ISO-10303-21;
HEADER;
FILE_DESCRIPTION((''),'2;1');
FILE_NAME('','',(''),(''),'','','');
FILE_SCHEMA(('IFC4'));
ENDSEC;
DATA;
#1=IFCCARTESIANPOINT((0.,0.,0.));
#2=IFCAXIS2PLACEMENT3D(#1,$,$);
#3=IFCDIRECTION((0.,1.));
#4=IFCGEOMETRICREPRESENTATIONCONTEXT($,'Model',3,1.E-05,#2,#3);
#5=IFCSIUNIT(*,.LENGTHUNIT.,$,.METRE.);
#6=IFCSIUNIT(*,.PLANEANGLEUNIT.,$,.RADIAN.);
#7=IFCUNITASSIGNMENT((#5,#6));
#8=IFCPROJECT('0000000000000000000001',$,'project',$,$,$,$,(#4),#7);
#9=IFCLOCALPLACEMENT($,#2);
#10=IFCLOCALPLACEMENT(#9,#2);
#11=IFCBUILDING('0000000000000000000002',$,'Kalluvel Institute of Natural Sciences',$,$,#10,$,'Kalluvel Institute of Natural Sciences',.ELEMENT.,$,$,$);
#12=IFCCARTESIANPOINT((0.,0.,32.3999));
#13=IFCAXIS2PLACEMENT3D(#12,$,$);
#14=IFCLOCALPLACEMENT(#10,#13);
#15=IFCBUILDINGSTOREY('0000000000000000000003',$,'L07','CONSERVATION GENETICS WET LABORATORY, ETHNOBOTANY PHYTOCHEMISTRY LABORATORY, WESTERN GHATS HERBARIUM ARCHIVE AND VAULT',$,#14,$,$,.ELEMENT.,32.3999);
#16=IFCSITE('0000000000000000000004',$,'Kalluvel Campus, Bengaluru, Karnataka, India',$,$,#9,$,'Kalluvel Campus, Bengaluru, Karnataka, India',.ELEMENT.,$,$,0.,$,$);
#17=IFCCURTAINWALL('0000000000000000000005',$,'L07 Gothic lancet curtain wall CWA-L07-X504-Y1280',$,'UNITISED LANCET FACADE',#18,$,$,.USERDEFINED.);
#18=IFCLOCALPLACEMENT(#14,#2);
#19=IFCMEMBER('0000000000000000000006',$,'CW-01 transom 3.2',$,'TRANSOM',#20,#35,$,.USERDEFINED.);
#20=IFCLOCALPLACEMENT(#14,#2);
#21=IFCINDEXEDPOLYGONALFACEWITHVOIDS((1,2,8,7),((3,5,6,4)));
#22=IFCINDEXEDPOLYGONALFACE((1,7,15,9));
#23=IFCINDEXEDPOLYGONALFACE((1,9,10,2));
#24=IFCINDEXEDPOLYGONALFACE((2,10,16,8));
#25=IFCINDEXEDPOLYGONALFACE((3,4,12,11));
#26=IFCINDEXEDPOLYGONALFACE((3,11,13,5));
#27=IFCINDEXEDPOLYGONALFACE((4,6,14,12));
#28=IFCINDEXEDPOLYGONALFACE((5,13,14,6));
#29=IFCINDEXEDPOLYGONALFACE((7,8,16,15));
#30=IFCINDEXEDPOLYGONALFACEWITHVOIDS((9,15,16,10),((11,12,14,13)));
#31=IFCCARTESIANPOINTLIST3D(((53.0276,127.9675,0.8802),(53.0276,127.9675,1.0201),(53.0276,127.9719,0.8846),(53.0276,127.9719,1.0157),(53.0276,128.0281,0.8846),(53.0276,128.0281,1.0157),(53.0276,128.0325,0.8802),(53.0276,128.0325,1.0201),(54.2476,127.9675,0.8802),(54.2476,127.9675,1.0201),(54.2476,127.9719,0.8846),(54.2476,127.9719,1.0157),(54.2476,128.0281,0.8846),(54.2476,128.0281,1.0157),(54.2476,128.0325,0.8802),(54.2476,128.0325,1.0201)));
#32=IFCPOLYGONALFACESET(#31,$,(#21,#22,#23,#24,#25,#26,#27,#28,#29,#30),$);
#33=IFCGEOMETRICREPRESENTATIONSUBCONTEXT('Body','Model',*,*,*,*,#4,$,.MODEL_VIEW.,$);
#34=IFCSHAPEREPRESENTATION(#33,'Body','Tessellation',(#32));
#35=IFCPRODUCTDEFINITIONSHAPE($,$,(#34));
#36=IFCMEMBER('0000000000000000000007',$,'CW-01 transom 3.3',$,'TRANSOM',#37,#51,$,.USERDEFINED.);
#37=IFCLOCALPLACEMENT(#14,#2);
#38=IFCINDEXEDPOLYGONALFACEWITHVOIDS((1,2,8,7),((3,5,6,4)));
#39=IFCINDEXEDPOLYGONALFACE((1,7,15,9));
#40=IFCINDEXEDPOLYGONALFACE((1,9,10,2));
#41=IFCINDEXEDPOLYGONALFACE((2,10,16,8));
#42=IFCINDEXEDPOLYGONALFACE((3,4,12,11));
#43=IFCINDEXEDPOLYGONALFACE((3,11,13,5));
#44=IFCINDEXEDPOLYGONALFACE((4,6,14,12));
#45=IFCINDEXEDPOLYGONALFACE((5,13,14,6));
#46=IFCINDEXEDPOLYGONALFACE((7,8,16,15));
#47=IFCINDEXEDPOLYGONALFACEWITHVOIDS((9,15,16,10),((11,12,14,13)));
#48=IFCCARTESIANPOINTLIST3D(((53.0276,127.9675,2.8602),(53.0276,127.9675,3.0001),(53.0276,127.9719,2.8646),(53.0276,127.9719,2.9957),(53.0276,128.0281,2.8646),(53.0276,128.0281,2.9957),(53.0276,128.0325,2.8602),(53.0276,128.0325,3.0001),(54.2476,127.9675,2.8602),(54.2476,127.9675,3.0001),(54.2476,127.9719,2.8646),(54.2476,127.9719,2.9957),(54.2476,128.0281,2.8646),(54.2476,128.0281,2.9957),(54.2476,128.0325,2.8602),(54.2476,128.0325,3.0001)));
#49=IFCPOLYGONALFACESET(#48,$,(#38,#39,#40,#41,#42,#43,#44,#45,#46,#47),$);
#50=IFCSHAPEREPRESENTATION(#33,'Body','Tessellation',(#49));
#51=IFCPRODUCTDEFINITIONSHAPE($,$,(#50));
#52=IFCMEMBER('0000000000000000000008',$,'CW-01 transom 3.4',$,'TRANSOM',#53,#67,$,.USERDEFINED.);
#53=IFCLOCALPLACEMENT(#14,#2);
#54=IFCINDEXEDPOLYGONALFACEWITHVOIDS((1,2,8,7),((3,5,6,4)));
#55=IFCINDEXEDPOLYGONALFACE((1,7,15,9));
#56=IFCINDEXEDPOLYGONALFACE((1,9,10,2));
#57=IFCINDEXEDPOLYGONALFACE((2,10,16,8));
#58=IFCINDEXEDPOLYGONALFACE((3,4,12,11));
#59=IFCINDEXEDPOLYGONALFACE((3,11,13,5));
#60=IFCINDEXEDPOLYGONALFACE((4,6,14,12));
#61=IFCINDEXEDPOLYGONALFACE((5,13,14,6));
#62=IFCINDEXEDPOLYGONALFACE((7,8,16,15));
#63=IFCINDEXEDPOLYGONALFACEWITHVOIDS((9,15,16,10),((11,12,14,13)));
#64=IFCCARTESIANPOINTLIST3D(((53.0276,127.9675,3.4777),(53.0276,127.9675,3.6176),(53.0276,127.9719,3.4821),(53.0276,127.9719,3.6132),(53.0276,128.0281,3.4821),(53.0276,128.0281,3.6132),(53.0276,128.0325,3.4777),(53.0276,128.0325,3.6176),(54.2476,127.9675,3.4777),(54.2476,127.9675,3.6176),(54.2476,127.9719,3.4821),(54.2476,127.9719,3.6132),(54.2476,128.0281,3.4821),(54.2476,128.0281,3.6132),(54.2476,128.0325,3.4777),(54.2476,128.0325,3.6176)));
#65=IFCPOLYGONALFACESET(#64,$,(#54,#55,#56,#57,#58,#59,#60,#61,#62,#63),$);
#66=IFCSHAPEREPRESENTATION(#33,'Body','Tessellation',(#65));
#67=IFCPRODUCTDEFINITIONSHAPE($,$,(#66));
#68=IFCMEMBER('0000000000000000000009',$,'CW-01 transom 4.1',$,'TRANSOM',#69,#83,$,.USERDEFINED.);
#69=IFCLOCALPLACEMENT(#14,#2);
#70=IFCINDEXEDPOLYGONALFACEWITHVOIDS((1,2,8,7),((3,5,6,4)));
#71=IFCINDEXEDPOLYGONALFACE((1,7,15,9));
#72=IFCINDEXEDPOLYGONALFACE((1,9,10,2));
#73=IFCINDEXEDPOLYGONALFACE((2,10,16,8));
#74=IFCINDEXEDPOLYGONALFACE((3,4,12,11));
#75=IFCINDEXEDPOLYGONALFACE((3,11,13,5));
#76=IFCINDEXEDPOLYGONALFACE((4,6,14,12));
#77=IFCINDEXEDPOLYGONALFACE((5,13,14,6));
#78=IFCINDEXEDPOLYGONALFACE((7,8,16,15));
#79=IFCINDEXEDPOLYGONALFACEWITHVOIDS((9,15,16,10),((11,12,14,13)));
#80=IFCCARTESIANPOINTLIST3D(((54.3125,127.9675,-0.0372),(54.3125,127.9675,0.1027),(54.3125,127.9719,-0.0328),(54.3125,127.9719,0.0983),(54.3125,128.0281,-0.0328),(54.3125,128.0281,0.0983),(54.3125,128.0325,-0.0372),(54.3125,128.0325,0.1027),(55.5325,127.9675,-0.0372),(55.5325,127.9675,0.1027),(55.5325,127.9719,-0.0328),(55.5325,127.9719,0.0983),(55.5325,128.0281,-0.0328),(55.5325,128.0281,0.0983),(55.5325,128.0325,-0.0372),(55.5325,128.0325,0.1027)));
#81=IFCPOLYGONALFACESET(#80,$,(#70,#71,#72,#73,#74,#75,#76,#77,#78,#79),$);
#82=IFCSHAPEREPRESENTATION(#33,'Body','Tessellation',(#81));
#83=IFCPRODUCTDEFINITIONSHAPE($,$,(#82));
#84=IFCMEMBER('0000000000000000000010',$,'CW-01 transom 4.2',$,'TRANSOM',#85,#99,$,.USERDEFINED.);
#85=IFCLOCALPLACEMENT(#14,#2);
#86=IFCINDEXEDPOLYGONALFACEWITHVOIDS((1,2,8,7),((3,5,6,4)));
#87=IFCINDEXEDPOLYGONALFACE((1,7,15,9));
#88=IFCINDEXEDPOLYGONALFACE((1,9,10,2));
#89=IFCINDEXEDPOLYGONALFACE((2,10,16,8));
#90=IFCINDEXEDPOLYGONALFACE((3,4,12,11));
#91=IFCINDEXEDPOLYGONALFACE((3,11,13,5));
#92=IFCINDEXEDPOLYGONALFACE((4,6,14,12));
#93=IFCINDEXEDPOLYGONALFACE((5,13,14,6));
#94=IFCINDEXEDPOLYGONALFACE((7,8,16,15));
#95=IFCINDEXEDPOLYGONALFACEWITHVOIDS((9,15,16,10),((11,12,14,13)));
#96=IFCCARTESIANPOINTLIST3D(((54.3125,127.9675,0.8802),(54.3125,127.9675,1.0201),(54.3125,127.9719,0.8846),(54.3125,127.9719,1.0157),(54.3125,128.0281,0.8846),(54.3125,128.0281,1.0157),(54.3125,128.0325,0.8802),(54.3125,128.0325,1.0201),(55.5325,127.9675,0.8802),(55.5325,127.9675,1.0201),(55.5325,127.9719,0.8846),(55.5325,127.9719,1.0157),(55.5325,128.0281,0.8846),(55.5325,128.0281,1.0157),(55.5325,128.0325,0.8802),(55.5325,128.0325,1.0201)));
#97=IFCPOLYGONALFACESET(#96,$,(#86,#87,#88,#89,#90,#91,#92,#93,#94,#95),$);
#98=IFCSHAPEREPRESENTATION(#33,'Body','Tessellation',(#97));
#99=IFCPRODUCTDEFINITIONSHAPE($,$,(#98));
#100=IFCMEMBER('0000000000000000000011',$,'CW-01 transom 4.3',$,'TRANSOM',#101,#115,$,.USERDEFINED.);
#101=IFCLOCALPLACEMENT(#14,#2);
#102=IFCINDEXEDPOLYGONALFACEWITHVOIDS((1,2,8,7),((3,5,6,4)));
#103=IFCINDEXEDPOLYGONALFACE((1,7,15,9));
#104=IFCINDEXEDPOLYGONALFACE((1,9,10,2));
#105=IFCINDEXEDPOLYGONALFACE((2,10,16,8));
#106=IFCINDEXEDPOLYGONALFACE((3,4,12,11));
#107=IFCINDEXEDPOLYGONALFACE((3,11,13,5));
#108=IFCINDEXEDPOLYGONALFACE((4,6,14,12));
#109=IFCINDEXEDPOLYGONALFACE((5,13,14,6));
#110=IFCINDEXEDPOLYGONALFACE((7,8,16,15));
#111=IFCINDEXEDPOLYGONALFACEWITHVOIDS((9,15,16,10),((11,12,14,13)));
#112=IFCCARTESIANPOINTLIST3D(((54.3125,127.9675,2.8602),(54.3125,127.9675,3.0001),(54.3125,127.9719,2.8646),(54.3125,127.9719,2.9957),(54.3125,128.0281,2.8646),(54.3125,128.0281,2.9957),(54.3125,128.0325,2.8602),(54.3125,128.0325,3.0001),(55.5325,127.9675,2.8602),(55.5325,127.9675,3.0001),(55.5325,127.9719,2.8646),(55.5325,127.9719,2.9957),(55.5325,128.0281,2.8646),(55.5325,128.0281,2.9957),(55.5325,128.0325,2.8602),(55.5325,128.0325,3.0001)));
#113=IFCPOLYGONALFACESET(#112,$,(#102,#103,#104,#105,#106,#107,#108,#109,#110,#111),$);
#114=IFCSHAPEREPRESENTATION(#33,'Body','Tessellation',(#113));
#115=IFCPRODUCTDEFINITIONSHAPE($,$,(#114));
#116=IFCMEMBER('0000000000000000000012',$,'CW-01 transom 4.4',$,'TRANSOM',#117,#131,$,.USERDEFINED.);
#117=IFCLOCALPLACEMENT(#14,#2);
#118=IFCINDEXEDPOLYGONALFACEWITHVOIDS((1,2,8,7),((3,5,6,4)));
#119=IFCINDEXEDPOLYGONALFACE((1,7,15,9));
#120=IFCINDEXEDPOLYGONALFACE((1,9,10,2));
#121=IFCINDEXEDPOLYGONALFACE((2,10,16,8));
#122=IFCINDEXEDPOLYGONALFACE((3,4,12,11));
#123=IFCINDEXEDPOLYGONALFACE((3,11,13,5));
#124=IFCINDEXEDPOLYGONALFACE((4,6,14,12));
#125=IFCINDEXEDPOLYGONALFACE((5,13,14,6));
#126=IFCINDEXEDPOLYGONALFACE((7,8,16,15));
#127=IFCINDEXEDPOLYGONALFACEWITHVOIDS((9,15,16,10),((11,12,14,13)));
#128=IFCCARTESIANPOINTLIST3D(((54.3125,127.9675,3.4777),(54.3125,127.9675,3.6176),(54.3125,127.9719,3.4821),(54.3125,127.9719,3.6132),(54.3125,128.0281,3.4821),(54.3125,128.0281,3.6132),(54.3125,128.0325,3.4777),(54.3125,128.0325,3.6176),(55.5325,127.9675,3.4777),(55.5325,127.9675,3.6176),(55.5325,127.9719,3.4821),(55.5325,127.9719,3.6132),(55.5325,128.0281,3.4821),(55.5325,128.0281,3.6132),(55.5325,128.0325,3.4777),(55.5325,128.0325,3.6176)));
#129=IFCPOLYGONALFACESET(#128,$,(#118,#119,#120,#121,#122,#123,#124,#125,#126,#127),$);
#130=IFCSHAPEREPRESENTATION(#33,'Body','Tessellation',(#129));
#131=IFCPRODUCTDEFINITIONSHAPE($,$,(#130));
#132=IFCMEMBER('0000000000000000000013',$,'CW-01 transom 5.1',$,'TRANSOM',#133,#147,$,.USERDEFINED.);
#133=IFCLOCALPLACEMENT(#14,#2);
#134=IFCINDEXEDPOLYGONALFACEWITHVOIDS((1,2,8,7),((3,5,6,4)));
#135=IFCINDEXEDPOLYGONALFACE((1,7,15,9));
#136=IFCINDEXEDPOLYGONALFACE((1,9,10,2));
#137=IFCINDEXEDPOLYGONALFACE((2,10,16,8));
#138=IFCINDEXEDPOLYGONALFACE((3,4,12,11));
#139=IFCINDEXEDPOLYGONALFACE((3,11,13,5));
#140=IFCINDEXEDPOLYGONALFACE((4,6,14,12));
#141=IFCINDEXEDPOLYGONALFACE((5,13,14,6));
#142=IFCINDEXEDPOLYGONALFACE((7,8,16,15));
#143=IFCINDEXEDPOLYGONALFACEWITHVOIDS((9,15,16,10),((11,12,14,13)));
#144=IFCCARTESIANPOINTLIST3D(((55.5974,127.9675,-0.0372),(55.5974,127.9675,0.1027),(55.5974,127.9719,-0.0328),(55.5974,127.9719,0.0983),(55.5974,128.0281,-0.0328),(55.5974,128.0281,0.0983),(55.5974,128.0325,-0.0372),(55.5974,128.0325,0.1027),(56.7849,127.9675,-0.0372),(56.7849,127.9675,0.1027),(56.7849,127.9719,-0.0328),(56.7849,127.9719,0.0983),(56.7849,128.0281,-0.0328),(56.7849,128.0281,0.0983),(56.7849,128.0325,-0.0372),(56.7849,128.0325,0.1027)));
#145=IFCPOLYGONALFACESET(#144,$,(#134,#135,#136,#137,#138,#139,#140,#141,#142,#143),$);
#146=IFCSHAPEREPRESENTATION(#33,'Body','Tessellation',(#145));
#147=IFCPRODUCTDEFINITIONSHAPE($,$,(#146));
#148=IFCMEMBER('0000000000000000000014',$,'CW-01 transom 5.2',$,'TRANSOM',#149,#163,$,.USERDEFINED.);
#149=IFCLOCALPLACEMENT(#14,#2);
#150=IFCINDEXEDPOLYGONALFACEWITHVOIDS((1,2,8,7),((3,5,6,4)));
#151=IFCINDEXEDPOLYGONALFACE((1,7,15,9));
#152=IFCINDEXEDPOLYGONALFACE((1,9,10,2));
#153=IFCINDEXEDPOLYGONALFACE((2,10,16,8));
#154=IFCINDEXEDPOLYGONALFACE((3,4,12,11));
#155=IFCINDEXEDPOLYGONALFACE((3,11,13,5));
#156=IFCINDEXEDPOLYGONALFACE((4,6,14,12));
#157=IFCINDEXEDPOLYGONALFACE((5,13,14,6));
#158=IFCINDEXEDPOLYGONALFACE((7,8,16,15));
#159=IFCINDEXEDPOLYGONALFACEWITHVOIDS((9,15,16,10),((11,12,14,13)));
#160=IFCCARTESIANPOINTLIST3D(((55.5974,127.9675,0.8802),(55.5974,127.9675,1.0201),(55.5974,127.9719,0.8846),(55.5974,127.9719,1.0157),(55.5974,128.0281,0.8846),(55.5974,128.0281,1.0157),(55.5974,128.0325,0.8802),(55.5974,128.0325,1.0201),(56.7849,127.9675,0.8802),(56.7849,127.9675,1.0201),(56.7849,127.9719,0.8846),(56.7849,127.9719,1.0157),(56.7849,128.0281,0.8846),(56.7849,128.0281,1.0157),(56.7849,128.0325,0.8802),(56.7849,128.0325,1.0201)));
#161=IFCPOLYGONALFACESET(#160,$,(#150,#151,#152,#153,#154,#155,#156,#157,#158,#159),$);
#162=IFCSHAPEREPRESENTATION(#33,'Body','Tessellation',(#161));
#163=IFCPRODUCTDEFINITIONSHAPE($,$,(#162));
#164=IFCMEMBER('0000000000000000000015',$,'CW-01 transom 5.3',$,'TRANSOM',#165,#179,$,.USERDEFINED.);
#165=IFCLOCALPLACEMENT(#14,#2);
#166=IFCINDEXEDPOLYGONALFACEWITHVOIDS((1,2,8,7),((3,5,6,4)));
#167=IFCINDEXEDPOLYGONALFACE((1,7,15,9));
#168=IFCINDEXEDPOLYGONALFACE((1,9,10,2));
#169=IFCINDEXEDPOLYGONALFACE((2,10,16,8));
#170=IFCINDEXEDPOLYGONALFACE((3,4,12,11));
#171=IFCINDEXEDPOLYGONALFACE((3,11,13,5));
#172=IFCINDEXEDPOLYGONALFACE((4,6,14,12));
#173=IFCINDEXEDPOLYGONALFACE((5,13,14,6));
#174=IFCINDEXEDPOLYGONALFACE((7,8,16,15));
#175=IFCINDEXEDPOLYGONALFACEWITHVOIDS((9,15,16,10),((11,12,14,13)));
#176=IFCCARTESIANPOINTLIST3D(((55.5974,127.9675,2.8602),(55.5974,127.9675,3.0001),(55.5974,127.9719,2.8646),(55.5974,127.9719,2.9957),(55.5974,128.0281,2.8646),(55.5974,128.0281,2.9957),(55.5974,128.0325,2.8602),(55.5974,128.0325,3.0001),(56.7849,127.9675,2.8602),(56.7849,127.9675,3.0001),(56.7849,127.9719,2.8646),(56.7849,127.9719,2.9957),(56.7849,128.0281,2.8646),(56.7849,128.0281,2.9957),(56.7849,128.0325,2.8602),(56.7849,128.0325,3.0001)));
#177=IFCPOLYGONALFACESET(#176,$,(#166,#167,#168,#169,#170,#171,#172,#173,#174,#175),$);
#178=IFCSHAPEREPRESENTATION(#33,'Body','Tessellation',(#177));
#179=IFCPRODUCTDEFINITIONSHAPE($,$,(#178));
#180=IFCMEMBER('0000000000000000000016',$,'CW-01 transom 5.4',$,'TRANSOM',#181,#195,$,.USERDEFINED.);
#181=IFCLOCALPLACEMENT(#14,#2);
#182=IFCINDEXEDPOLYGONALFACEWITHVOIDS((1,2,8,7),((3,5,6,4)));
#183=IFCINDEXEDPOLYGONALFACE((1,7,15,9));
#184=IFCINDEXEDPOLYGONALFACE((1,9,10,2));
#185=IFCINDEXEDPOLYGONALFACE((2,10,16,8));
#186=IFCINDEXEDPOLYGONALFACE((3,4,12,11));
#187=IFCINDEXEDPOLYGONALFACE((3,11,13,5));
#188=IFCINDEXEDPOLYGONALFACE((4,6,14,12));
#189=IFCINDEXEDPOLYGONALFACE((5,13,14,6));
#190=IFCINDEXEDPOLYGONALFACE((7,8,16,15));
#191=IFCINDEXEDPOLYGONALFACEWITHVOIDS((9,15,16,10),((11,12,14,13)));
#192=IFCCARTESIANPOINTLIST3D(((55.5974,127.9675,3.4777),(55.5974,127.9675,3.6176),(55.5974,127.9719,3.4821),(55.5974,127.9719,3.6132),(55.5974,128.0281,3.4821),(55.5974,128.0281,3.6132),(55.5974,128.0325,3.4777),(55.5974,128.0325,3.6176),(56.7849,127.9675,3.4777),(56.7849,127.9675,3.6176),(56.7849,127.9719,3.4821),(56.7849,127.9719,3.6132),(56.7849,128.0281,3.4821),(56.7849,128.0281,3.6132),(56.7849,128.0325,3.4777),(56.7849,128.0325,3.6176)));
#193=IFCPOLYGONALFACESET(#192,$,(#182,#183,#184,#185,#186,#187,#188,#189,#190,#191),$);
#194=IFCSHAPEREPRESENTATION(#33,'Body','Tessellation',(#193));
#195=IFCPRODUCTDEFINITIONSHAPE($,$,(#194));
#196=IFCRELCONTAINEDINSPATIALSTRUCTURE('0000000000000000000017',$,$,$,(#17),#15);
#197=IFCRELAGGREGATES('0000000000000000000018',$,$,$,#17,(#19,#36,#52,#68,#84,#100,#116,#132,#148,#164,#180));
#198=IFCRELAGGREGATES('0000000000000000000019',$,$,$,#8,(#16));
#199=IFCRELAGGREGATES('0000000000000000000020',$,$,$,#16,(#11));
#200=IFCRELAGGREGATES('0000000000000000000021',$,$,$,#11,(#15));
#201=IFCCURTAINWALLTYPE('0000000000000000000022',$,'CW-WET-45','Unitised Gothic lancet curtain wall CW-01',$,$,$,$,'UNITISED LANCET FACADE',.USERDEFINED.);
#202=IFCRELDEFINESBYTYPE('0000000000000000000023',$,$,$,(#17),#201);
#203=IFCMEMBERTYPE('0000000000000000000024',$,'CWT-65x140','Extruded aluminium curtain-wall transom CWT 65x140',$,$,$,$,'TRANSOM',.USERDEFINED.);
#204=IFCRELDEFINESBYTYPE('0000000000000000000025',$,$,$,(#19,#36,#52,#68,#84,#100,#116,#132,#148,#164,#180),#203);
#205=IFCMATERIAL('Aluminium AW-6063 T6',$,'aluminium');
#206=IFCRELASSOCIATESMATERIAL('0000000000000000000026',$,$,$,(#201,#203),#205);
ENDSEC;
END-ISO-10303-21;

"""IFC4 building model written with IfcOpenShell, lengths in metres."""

from ifc_helpers import new_model, si_unit, direction, frame, origin, origin_2d, place, context, subcontext, project, spatial, hollow_rectangle, extrude, material, material_profile, profile_set, type_object, element, aggregate, save


model = new_model("IFC4")

# Units and contexts
model_context = context("Model", 3, precision=1e-05, world=origin(), true_north=direction((0.0, 1.0)))
body_context = subcontext(model_context, "Body", "Model", "MODEL_VIEW")
ifc_project = project(units=[si_unit("LENGTHUNIT", "METRE"), si_unit("PLANEANGLEUNIT", "RADIAN")], contexts=[model_context])

# Site, building, storey
site_placement = place(None, origin())
site = spatial("IfcSite", under=ifc_project, at=site_placement, Name="Kalluvel Campus, Bengaluru, Karnataka, India", LongName="Kalluvel Campus, Bengaluru, Karnataka, India", CompositionType="ELEMENT", RefElevation=0.0)
building_placement = place(site_placement, origin())
building = spatial("IfcBuilding", under=site, at=building_placement, Name="Kalluvel Institute of Natural Sciences", LongName="Kalluvel Institute of Natural Sciences", CompositionType="ELEMENT")
storey_placement = place(building_placement, frame((0.0, 0.0, 32.3999)))
storey = spatial("IfcBuildingStorey", under=building, at=storey_placement, Name="L07", Description="CONSERVATION GENETICS WET LABORATORY, ETHNOBOTANY PHYTOCHEMISTRY LABORATORY, WESTERN GHATS HERBARIUM ARCHIVE AND VAULT", CompositionType="ELEMENT", Elevation=32.3999)

# Curtain wall, members
ifc_material_1 = material(Name="Aluminium AW-6063 T6", Category="aluminium")
curtain_wall_type = type_object("IfcCurtainWallType", Name="CW-WET-45", Description="Unitised Gothic lancet curtain wall CW-01", ElementType="UNITISED LANCET FACADE", PredefinedType="USERDEFINED", material=ifc_material_1)
curtain_wall_placement = place(storey_placement, origin())
curtain_wall = element("IfcCurtainWall", 1, at=curtain_wall_placement, inside=storey, type_object=curtain_wall_type, Name="L07 Gothic lancet curtain wall CWA-L07-X504-Y1280", ObjectType="UNITISED LANCET FACADE", PredefinedType="USERDEFINED")
ifc_material_profile_1 = material_profile(ifc_material_1, hollow_rectangle(XDim=0.0649, YDim=0.1399, WallThickness=0.0044, at=origin_2d()), Name="CWT 65x140")
ifc_profile_set_1 = profile_set([ifc_material_profile_1], Name="Aluminium AW-6063 T6")
member_type_1 = type_object("IfcMemberType", Name="CWT-65x140", Description="Extruded aluminium curtain-wall transom CWT 65x140", ElementType="TRANSOM", PredefinedType="USERDEFINED", material=ifc_profile_set_1)
member_1_placement = place(storey_placement, frame((53.0276, 128.0, 0.9502), z_axis=(1.0, 0.0, 0.0), x_axis=(0.0, 1.0, 0.0)))
member_1 = element("IfcMember", 2, at=member_1_placement, type_object=member_type_1, Name="CW-01 transom 3.2", ObjectType="TRANSOM", PredefinedType="USERDEFINED", context=body_context, shape_type="SweptSolid", body=[
    extrude(hollow_rectangle(XDim=0.0649, YDim=0.1399, WallThickness=0.0044, at=origin_2d()), origin(), (0.0, 0.0, 1.0), 1.22),
])
member_2_placement = place(storey_placement, frame((53.0276, 128.0, 2.9302), z_axis=(1.0, 0.0, 0.0), x_axis=(0.0, 1.0, 0.0)))
member_2 = element("IfcMember", 3, at=member_2_placement, type_object=member_type_1, Name="CW-01 transom 3.3", ObjectType="TRANSOM", PredefinedType="USERDEFINED", context=body_context, shape_type="SweptSolid", body=[
    extrude(hollow_rectangle(XDim=0.0649, YDim=0.1399, WallThickness=0.0044, at=origin_2d()), origin(), (0.0, 0.0, 1.0), 1.22),
])
member_3_placement = place(storey_placement, frame((53.0276, 128.0, 3.5476), z_axis=(1.0, 0.0, 0.0), x_axis=(0.0, 1.0, 0.0)))
member_3 = element("IfcMember", 4, at=member_3_placement, type_object=member_type_1, Name="CW-01 transom 3.4", ObjectType="TRANSOM", PredefinedType="USERDEFINED", context=body_context, shape_type="SweptSolid", body=[
    extrude(hollow_rectangle(XDim=0.0649, YDim=0.1399, WallThickness=0.0044, at=origin_2d()), origin(), (0.0, 0.0, 1.0), 1.22),
])
member_4_placement = place(storey_placement, frame((54.3125, 128.0, 0.0327), z_axis=(1.0, 0.0, 0.0), x_axis=(0.0, 1.0, 0.0)))
member_4 = element("IfcMember", 5, at=member_4_placement, type_object=member_type_1, Name="CW-01 transom 4.1", ObjectType="TRANSOM", PredefinedType="USERDEFINED", context=body_context, shape_type="SweptSolid", body=[
    extrude(hollow_rectangle(XDim=0.0649, YDim=0.1399, WallThickness=0.0044, at=origin_2d()), origin(), (0.0, 0.0, 1.0), 1.22),
])
member_5_placement = place(storey_placement, frame((54.3125, 128.0, 0.9502), z_axis=(1.0, 0.0, 0.0), x_axis=(0.0, 1.0, 0.0)))
member_5 = element("IfcMember", 6, at=member_5_placement, type_object=member_type_1, Name="CW-01 transom 4.2", ObjectType="TRANSOM", PredefinedType="USERDEFINED", context=body_context, shape_type="SweptSolid", body=[
    extrude(hollow_rectangle(XDim=0.0649, YDim=0.1399, WallThickness=0.0044, at=origin_2d()), origin(), (0.0, 0.0, 1.0), 1.22),
])
member_6_placement = place(storey_placement, frame((54.3125, 128.0, 2.9302), z_axis=(1.0, 0.0, 0.0), x_axis=(0.0, 1.0, 0.0)))
member_6 = element("IfcMember", 7, at=member_6_placement, type_object=member_type_1, Name="CW-01 transom 4.3", ObjectType="TRANSOM", PredefinedType="USERDEFINED", context=body_context, shape_type="SweptSolid", body=[
    extrude(hollow_rectangle(XDim=0.0649, YDim=0.1399, WallThickness=0.0044, at=origin_2d()), origin(), (0.0, 0.0, 1.0), 1.22),
])
member_7_placement = place(storey_placement, frame((54.3125, 128.0, 3.5476), z_axis=(1.0, 0.0, 0.0), x_axis=(0.0, 1.0, 0.0)))
member_7 = element("IfcMember", 8, at=member_7_placement, type_object=member_type_1, Name="CW-01 transom 4.4", ObjectType="TRANSOM", PredefinedType="USERDEFINED", context=body_context, shape_type="SweptSolid", body=[
    extrude(hollow_rectangle(XDim=0.0649, YDim=0.1399, WallThickness=0.0044, at=origin_2d()), origin(), (0.0, 0.0, 1.0), 1.22),
])
member_8_placement = place(storey_placement, frame((55.5974, 128.0, 0.0327), z_axis=(1.0, 0.0, 0.0), x_axis=(0.0, 1.0, 0.0)))
member_8 = element("IfcMember", 9, at=member_8_placement, type_object=member_type_1, Name="CW-01 transom 5.1", ObjectType="TRANSOM", PredefinedType="USERDEFINED", context=body_context, shape_type="SweptSolid", body=[
    extrude(hollow_rectangle(XDim=0.0649, YDim=0.1399, WallThickness=0.0044, at=origin_2d()), origin(), (0.0, 0.0, 1.0), 1.1875),
])
member_9_placement = place(storey_placement, frame((55.5974, 128.0, 0.9502), z_axis=(1.0, 0.0, 0.0), x_axis=(0.0, 1.0, 0.0)))
member_9 = element("IfcMember", 10, at=member_9_placement, type_object=member_type_1, Name="CW-01 transom 5.2", ObjectType="TRANSOM", PredefinedType="USERDEFINED", context=body_context, shape_type="SweptSolid", body=[
    extrude(hollow_rectangle(XDim=0.0649, YDim=0.1399, WallThickness=0.0044, at=origin_2d()), origin(), (0.0, 0.0, 1.0), 1.1875),
])
member_10_placement = place(storey_placement, frame((55.5974, 128.0, 2.9302), z_axis=(1.0, 0.0, 0.0), x_axis=(0.0, 1.0, 0.0)))
member_10 = element("IfcMember", 11, at=member_10_placement, type_object=member_type_1, Name="CW-01 transom 5.3", ObjectType="TRANSOM", PredefinedType="USERDEFINED", context=body_context, shape_type="SweptSolid", body=[
    extrude(hollow_rectangle(XDim=0.0649, YDim=0.1399, WallThickness=0.0044, at=origin_2d()), origin(), (0.0, 0.0, 1.0), 1.1875),
])
member_11_placement = place(storey_placement, frame((55.5974, 128.0, 3.5476), z_axis=(1.0, 0.0, 0.0), x_axis=(0.0, 1.0, 0.0)))
member_11 = element("IfcMember", 12, at=member_11_placement, type_object=member_type_1, Name="CW-01 transom 5.4", ObjectType="TRANSOM", PredefinedType="USERDEFINED", context=body_context, shape_type="SweptSolid", body=[
    extrude(hollow_rectangle(XDim=0.0649, YDim=0.1399, WallThickness=0.0044, at=origin_2d()), origin(), (0.0, 0.0, 1.0), 1.1875),
])
aggregate(curtain_wall, [member_1, member_2, member_3, member_4, member_5, member_6, member_7, member_8, member_9, member_10, member_11])

save(model, "model.ifc")
